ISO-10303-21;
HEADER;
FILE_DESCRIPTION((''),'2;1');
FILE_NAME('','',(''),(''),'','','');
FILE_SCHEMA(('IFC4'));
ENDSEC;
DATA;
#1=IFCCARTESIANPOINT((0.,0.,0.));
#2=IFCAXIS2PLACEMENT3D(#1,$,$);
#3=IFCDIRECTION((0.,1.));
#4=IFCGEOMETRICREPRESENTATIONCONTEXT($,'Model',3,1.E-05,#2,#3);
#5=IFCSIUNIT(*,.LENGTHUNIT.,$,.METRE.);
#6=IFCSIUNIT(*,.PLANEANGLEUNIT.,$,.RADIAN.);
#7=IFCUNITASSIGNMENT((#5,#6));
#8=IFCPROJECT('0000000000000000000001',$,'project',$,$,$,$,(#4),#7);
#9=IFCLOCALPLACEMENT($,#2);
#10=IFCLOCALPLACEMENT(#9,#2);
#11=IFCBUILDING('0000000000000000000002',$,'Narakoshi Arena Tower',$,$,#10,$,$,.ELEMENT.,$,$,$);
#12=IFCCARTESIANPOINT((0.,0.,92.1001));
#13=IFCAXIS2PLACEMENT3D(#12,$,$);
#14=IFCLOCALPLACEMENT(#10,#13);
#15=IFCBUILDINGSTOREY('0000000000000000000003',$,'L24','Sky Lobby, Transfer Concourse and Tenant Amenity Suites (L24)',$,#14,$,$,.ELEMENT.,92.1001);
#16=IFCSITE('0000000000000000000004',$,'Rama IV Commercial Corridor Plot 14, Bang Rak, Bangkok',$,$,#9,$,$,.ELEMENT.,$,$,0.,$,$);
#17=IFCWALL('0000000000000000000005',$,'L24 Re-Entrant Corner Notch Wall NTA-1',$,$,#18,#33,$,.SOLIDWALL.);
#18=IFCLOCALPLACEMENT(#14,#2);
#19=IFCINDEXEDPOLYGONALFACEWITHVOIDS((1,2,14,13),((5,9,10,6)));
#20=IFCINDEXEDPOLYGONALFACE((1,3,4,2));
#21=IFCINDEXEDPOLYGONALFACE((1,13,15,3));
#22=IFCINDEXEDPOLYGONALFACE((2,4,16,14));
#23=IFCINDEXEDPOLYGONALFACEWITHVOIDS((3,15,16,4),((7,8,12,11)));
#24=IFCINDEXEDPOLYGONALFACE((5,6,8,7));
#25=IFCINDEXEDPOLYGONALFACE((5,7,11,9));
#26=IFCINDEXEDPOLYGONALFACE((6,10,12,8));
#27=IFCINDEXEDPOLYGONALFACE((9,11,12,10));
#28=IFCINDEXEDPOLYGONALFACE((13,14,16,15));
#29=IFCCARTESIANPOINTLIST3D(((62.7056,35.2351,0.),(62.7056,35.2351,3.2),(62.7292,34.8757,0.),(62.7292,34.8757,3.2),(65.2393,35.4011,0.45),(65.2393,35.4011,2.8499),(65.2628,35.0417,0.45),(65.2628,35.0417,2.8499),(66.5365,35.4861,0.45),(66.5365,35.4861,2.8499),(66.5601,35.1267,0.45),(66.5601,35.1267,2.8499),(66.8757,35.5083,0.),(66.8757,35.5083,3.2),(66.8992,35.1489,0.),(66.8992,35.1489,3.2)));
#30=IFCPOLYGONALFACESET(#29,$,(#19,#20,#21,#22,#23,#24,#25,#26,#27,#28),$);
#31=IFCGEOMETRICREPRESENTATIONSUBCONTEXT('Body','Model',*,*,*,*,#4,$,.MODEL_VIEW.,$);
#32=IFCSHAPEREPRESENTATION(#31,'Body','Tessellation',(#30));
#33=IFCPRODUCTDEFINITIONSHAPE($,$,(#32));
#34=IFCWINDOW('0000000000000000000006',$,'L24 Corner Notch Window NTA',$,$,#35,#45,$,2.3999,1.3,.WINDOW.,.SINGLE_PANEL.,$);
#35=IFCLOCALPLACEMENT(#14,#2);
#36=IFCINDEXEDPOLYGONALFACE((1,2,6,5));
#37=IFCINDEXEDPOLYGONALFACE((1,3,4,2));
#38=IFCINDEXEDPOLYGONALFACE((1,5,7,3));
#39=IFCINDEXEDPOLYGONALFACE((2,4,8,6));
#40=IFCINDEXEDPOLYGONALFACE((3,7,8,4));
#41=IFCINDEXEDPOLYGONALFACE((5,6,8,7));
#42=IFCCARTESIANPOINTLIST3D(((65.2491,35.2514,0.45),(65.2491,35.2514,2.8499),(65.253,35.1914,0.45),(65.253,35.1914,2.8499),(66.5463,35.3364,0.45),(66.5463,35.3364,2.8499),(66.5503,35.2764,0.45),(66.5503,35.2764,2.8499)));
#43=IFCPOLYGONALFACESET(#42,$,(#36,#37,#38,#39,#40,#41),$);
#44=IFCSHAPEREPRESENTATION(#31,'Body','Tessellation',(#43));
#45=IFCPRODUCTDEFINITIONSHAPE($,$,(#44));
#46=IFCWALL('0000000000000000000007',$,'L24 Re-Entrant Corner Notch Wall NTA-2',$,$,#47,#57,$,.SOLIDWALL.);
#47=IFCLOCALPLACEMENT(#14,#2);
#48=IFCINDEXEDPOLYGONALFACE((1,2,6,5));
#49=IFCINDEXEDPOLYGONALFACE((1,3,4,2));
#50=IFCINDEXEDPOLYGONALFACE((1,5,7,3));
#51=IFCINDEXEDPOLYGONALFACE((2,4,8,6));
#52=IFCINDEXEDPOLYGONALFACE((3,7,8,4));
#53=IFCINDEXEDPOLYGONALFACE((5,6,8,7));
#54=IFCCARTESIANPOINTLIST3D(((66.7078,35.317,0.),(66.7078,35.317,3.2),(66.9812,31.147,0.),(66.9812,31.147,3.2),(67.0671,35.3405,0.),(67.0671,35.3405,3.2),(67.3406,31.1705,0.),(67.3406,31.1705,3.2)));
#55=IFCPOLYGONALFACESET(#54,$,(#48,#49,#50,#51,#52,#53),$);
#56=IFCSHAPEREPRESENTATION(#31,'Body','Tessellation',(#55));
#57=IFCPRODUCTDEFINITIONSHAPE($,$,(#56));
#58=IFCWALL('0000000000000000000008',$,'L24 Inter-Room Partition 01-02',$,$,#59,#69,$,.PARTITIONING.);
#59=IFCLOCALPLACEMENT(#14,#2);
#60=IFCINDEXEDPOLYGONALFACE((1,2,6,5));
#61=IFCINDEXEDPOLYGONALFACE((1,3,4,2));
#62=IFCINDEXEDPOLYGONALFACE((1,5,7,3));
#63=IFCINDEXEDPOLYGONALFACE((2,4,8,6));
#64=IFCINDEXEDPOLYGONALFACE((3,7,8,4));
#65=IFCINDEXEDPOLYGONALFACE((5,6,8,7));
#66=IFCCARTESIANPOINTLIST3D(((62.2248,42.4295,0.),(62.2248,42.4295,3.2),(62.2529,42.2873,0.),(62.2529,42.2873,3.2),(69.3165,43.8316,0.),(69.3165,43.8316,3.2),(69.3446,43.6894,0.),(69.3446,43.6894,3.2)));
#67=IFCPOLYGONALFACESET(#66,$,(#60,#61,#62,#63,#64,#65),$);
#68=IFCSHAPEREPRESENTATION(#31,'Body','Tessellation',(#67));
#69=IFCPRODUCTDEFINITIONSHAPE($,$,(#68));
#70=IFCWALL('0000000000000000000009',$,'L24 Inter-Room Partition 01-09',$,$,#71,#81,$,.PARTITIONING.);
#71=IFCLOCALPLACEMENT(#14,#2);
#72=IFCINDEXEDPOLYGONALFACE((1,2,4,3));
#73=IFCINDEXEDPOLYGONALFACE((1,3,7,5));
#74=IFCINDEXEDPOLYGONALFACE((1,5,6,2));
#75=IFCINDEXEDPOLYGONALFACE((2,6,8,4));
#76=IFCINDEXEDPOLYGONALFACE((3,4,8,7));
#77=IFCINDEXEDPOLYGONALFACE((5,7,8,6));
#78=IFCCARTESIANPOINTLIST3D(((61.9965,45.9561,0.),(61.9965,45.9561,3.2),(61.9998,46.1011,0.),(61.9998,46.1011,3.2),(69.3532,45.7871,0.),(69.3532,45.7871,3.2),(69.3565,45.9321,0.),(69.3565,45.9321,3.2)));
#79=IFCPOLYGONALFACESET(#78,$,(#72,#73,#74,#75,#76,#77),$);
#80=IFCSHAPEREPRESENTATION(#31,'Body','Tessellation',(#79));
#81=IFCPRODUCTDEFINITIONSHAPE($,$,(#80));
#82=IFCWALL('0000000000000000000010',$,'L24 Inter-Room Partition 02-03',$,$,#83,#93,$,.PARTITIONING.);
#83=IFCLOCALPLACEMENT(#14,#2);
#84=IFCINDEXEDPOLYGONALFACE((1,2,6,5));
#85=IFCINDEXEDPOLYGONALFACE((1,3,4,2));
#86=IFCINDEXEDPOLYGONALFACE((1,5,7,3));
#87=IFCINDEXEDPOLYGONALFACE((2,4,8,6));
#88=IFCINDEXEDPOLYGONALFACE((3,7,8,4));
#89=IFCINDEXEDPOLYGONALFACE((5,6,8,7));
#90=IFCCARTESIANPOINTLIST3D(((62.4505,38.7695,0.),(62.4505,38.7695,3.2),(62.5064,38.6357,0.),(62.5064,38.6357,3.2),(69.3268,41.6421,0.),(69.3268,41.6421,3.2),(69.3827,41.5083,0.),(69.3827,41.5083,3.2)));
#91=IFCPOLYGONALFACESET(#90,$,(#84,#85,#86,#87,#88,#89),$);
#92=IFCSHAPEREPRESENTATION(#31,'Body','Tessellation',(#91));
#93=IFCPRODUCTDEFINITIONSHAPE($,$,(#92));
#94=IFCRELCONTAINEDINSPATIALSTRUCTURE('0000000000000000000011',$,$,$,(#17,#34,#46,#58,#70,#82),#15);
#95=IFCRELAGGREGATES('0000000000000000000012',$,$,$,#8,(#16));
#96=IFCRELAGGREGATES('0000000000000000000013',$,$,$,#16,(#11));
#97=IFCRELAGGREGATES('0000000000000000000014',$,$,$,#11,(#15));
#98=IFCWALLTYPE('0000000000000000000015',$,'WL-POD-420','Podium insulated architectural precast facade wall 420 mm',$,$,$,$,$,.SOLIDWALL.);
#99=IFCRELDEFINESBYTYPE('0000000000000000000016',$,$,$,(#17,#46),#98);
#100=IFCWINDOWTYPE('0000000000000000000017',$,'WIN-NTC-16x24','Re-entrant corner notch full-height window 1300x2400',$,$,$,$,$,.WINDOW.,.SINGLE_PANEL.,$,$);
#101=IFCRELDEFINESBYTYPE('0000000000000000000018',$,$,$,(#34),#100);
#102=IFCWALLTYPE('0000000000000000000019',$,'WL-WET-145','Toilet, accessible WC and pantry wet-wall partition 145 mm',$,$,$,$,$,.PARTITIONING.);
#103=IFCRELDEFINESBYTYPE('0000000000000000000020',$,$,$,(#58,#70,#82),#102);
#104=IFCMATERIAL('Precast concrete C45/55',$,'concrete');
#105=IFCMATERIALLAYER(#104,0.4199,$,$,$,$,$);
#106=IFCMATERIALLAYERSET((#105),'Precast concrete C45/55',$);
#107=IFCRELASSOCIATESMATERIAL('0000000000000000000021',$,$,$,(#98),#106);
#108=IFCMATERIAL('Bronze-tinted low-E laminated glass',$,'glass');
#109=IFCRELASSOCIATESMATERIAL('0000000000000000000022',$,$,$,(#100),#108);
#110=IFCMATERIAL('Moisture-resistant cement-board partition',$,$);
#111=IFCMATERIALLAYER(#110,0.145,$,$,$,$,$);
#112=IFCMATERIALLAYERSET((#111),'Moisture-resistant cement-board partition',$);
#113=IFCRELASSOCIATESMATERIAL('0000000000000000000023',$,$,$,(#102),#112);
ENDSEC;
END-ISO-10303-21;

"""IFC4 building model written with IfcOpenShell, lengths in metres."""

from ifc_helpers import new_model, si_unit, direction, frame, frame_2d, origin, place, context, subcontext, project, spatial, rectangle, extrude, material, layer, layer_set, type_object, element, fill, save


model = new_model("IFC4")

# Units and contexts
model_context = context("Model", 3, precision=1e-05, world=origin(), true_north=direction((0.0, 1.0)))
body_context = subcontext(model_context, "Body", "Model", "MODEL_VIEW")
ifc_project = project(units=[si_unit("LENGTHUNIT", "METRE"), si_unit("PLANEANGLEUNIT", "RADIAN")], contexts=[model_context])

# Site, building, storey
site_placement = place(None, origin())
site = spatial("IfcSite", under=ifc_project, at=site_placement, Name="Rama IV Commercial Corridor Plot 14, Bang Rak, Bangkok", CompositionType="ELEMENT", RefElevation=0.0)
building_placement = place(site_placement, origin())
building = spatial("IfcBuilding", under=site, at=building_placement, Name="Narakoshi Arena Tower", CompositionType="ELEMENT")
storey_placement = place(building_placement, frame((0.0, 0.0, 92.1001)))
storey = spatial("IfcBuildingStorey", under=building, at=storey_placement, Name="L24", Description="Sky Lobby, Transfer Concourse and Tenant Amenity Suites (L24)", CompositionType="ELEMENT", Elevation=92.1001)

# Wall, opening, window
ifc_material_1 = material(Name="Precast concrete C45/55", Category="concrete")
ifc_layer_1 = layer(ifc_material_1, 0.4199)
ifc_layer_set_1 = layer_set([ifc_layer_1], Name="Precast concrete C45/55")
wall_type_1 = type_object("IfcWallType", Name="WL-POD-420", Description="Podium insulated architectural precast facade wall 420 mm", PredefinedType="SOLIDWALL", material=ifc_layer_set_1)
ifc_material_2 = material(Name="Bronze-tinted low-E laminated glass", Category="glass")
wall_1_placement = place(storey_placement, frame((62.7175, 35.0554, 0.0), z_axis=(0.0, 0.0, 1.0), x_axis=(0.997861, 0.065375, 0.0)))
wall_1 = element("IfcWall", 1, at=wall_1_placement, inside=storey, type_object=wall_type_1, Name="L24 Re-Entrant Corner Notch Wall NTA-1", PredefinedType="SOLIDWALL", context=body_context, shape_type="SweptSolid", body=[
    extrude(rectangle(XDim=4.179, YDim=0.3601, at=frame_2d((2.0894, 0.0))), origin(), (0.0, 0.0, 1.0), 3.2),
])
opening_1_placement = place(wall_1_placement, frame((2.5391, 0.0, 0.45)))
opening_1 = element("IfcOpeningElement", 2, at=opening_1_placement, cuts=wall_1, PredefinedType="OPENING", context=body_context, shape_type="SweptSolid", body=[
    extrude(rectangle(XDim=1.3, YDim=2.3999, at=frame_2d((0.6499, 1.2))), frame((0.0, 0.1899, 0.0), z_axis=(0.0, -1.0, 0.0), x_axis=(1.0, 0.0, 0.0)), (0.0, 0.0, 1.0), 0.3801),
])
window_type_1 = type_object("IfcWindowType", Name="WIN-NTC-16x24", Description="Re-entrant corner notch full-height window 1300x2400", PartitioningType="SINGLE_PANEL", PredefinedType="WINDOW", material=ifc_material_2)
window_1_placement = place(opening_1_placement, origin())
window_1 = element("IfcWindow", 3, at=window_1_placement, inside=storey, type_object=window_type_1, Name="L24 Corner Notch Window NTA", OverallHeight=2.3999, OverallWidth=1.3, PartitioningType="SINGLE_PANEL", PredefinedType="WINDOW", context=body_context, shape_type="SweptSolid", body=[
    extrude(rectangle(XDim=1.3, YDim=2.3999, at=frame_2d((0.6499, 1.2))), frame((0.0, 0.03, 0.0), z_axis=(0.0, -1.0, 0.0), x_axis=(1.0, 0.0, 0.0)), (0.0, 0.0, 1.0), 0.0601),
])
fill(opening_1, window_1)

# Walls
wall_2_placement = place(storey_placement, frame((66.8875, 35.3286, 0.0), z_axis=(0.0, 0.0, 1.0), x_axis=(0.065433, -0.997857, 0.0)))
element("IfcWall", 4, at=wall_2_placement, inside=storey, type_object=wall_type_1, Name="L24 Re-Entrant Corner Notch Wall NTA-2", PredefinedType="SOLIDWALL", context=body_context, shape_type="SweptSolid", body=[
    extrude(rectangle(XDim=4.179, YDim=0.3601, at=frame_2d((2.0894, 0.0))), origin(), (0.0, 0.0, 1.0), 3.2),
])
ifc_material_3 = material(Name="Moisture-resistant cement-board partition")
ifc_layer_2 = layer(ifc_material_3, 0.145)
ifc_layer_set_2 = layer_set([ifc_layer_2], Name="Moisture-resistant cement-board partition")
wall_type_2 = type_object("IfcWallType", Name="WL-WET-145", Description="Toilet, accessible WC and pantry wet-wall partition 145 mm", PredefinedType="PARTITIONING", material=ifc_layer_set_2)
wall_3_placement = place(storey_placement, frame((69.3306, 43.7605, 0.0), z_axis=(0.0, 0.0, 1.0), x_axis=(-0.981011, -0.193953, 0.0)))
element("IfcWall", 5, at=wall_3_placement, inside=storey, type_object=wall_type_2, Name="L24 Inter-Room Partition 01-02", PredefinedType="PARTITIONING", context=body_context, shape_type="SweptSolid", body=[
    extrude(rectangle(XDim=7.229, YDim=0.145, at=frame_2d((3.6145, 0.0))), origin(), (0.0, 0.0, 1.0), 3.2),
])
wall_4_placement = place(storey_placement, frame((61.9983, 46.0286, 0.0), z_axis=(0.0, 0.0, 1.0), x_axis=(0.999736, -0.022959, 0.0)))
element("IfcWall", 6, at=wall_4_placement, inside=storey, type_object=wall_type_2, Name="L24 Inter-Room Partition 01-09", PredefinedType="PARTITIONING", context=body_context, shape_type="SweptSolid", body=[
    extrude(rectangle(XDim=7.3586, YDim=0.145, at=frame_2d((3.6792, 0.0))), origin(), (0.0, 0.0, 1.0), 3.2),
])
wall_5_placement = place(storey_placement, frame((69.3547, 41.5752, 0.0), z_axis=(0.0, 0.0, 1.0), x_axis=(-0.922721, -0.385469, 0.0)))
element("IfcWall", 7, at=wall_5_placement, inside=storey, type_object=wall_type_2, Name="L24 Inter-Room Partition 02-03", PredefinedType="PARTITIONING", context=body_context, shape_type="SweptSolid", body=[
    extrude(rectangle(XDim=7.4521, YDim=0.145, at=frame_2d((3.7261, 0.0))), origin(), (0.0, 0.0, 1.0), 3.2),
])

save(model, "model.ifc")
